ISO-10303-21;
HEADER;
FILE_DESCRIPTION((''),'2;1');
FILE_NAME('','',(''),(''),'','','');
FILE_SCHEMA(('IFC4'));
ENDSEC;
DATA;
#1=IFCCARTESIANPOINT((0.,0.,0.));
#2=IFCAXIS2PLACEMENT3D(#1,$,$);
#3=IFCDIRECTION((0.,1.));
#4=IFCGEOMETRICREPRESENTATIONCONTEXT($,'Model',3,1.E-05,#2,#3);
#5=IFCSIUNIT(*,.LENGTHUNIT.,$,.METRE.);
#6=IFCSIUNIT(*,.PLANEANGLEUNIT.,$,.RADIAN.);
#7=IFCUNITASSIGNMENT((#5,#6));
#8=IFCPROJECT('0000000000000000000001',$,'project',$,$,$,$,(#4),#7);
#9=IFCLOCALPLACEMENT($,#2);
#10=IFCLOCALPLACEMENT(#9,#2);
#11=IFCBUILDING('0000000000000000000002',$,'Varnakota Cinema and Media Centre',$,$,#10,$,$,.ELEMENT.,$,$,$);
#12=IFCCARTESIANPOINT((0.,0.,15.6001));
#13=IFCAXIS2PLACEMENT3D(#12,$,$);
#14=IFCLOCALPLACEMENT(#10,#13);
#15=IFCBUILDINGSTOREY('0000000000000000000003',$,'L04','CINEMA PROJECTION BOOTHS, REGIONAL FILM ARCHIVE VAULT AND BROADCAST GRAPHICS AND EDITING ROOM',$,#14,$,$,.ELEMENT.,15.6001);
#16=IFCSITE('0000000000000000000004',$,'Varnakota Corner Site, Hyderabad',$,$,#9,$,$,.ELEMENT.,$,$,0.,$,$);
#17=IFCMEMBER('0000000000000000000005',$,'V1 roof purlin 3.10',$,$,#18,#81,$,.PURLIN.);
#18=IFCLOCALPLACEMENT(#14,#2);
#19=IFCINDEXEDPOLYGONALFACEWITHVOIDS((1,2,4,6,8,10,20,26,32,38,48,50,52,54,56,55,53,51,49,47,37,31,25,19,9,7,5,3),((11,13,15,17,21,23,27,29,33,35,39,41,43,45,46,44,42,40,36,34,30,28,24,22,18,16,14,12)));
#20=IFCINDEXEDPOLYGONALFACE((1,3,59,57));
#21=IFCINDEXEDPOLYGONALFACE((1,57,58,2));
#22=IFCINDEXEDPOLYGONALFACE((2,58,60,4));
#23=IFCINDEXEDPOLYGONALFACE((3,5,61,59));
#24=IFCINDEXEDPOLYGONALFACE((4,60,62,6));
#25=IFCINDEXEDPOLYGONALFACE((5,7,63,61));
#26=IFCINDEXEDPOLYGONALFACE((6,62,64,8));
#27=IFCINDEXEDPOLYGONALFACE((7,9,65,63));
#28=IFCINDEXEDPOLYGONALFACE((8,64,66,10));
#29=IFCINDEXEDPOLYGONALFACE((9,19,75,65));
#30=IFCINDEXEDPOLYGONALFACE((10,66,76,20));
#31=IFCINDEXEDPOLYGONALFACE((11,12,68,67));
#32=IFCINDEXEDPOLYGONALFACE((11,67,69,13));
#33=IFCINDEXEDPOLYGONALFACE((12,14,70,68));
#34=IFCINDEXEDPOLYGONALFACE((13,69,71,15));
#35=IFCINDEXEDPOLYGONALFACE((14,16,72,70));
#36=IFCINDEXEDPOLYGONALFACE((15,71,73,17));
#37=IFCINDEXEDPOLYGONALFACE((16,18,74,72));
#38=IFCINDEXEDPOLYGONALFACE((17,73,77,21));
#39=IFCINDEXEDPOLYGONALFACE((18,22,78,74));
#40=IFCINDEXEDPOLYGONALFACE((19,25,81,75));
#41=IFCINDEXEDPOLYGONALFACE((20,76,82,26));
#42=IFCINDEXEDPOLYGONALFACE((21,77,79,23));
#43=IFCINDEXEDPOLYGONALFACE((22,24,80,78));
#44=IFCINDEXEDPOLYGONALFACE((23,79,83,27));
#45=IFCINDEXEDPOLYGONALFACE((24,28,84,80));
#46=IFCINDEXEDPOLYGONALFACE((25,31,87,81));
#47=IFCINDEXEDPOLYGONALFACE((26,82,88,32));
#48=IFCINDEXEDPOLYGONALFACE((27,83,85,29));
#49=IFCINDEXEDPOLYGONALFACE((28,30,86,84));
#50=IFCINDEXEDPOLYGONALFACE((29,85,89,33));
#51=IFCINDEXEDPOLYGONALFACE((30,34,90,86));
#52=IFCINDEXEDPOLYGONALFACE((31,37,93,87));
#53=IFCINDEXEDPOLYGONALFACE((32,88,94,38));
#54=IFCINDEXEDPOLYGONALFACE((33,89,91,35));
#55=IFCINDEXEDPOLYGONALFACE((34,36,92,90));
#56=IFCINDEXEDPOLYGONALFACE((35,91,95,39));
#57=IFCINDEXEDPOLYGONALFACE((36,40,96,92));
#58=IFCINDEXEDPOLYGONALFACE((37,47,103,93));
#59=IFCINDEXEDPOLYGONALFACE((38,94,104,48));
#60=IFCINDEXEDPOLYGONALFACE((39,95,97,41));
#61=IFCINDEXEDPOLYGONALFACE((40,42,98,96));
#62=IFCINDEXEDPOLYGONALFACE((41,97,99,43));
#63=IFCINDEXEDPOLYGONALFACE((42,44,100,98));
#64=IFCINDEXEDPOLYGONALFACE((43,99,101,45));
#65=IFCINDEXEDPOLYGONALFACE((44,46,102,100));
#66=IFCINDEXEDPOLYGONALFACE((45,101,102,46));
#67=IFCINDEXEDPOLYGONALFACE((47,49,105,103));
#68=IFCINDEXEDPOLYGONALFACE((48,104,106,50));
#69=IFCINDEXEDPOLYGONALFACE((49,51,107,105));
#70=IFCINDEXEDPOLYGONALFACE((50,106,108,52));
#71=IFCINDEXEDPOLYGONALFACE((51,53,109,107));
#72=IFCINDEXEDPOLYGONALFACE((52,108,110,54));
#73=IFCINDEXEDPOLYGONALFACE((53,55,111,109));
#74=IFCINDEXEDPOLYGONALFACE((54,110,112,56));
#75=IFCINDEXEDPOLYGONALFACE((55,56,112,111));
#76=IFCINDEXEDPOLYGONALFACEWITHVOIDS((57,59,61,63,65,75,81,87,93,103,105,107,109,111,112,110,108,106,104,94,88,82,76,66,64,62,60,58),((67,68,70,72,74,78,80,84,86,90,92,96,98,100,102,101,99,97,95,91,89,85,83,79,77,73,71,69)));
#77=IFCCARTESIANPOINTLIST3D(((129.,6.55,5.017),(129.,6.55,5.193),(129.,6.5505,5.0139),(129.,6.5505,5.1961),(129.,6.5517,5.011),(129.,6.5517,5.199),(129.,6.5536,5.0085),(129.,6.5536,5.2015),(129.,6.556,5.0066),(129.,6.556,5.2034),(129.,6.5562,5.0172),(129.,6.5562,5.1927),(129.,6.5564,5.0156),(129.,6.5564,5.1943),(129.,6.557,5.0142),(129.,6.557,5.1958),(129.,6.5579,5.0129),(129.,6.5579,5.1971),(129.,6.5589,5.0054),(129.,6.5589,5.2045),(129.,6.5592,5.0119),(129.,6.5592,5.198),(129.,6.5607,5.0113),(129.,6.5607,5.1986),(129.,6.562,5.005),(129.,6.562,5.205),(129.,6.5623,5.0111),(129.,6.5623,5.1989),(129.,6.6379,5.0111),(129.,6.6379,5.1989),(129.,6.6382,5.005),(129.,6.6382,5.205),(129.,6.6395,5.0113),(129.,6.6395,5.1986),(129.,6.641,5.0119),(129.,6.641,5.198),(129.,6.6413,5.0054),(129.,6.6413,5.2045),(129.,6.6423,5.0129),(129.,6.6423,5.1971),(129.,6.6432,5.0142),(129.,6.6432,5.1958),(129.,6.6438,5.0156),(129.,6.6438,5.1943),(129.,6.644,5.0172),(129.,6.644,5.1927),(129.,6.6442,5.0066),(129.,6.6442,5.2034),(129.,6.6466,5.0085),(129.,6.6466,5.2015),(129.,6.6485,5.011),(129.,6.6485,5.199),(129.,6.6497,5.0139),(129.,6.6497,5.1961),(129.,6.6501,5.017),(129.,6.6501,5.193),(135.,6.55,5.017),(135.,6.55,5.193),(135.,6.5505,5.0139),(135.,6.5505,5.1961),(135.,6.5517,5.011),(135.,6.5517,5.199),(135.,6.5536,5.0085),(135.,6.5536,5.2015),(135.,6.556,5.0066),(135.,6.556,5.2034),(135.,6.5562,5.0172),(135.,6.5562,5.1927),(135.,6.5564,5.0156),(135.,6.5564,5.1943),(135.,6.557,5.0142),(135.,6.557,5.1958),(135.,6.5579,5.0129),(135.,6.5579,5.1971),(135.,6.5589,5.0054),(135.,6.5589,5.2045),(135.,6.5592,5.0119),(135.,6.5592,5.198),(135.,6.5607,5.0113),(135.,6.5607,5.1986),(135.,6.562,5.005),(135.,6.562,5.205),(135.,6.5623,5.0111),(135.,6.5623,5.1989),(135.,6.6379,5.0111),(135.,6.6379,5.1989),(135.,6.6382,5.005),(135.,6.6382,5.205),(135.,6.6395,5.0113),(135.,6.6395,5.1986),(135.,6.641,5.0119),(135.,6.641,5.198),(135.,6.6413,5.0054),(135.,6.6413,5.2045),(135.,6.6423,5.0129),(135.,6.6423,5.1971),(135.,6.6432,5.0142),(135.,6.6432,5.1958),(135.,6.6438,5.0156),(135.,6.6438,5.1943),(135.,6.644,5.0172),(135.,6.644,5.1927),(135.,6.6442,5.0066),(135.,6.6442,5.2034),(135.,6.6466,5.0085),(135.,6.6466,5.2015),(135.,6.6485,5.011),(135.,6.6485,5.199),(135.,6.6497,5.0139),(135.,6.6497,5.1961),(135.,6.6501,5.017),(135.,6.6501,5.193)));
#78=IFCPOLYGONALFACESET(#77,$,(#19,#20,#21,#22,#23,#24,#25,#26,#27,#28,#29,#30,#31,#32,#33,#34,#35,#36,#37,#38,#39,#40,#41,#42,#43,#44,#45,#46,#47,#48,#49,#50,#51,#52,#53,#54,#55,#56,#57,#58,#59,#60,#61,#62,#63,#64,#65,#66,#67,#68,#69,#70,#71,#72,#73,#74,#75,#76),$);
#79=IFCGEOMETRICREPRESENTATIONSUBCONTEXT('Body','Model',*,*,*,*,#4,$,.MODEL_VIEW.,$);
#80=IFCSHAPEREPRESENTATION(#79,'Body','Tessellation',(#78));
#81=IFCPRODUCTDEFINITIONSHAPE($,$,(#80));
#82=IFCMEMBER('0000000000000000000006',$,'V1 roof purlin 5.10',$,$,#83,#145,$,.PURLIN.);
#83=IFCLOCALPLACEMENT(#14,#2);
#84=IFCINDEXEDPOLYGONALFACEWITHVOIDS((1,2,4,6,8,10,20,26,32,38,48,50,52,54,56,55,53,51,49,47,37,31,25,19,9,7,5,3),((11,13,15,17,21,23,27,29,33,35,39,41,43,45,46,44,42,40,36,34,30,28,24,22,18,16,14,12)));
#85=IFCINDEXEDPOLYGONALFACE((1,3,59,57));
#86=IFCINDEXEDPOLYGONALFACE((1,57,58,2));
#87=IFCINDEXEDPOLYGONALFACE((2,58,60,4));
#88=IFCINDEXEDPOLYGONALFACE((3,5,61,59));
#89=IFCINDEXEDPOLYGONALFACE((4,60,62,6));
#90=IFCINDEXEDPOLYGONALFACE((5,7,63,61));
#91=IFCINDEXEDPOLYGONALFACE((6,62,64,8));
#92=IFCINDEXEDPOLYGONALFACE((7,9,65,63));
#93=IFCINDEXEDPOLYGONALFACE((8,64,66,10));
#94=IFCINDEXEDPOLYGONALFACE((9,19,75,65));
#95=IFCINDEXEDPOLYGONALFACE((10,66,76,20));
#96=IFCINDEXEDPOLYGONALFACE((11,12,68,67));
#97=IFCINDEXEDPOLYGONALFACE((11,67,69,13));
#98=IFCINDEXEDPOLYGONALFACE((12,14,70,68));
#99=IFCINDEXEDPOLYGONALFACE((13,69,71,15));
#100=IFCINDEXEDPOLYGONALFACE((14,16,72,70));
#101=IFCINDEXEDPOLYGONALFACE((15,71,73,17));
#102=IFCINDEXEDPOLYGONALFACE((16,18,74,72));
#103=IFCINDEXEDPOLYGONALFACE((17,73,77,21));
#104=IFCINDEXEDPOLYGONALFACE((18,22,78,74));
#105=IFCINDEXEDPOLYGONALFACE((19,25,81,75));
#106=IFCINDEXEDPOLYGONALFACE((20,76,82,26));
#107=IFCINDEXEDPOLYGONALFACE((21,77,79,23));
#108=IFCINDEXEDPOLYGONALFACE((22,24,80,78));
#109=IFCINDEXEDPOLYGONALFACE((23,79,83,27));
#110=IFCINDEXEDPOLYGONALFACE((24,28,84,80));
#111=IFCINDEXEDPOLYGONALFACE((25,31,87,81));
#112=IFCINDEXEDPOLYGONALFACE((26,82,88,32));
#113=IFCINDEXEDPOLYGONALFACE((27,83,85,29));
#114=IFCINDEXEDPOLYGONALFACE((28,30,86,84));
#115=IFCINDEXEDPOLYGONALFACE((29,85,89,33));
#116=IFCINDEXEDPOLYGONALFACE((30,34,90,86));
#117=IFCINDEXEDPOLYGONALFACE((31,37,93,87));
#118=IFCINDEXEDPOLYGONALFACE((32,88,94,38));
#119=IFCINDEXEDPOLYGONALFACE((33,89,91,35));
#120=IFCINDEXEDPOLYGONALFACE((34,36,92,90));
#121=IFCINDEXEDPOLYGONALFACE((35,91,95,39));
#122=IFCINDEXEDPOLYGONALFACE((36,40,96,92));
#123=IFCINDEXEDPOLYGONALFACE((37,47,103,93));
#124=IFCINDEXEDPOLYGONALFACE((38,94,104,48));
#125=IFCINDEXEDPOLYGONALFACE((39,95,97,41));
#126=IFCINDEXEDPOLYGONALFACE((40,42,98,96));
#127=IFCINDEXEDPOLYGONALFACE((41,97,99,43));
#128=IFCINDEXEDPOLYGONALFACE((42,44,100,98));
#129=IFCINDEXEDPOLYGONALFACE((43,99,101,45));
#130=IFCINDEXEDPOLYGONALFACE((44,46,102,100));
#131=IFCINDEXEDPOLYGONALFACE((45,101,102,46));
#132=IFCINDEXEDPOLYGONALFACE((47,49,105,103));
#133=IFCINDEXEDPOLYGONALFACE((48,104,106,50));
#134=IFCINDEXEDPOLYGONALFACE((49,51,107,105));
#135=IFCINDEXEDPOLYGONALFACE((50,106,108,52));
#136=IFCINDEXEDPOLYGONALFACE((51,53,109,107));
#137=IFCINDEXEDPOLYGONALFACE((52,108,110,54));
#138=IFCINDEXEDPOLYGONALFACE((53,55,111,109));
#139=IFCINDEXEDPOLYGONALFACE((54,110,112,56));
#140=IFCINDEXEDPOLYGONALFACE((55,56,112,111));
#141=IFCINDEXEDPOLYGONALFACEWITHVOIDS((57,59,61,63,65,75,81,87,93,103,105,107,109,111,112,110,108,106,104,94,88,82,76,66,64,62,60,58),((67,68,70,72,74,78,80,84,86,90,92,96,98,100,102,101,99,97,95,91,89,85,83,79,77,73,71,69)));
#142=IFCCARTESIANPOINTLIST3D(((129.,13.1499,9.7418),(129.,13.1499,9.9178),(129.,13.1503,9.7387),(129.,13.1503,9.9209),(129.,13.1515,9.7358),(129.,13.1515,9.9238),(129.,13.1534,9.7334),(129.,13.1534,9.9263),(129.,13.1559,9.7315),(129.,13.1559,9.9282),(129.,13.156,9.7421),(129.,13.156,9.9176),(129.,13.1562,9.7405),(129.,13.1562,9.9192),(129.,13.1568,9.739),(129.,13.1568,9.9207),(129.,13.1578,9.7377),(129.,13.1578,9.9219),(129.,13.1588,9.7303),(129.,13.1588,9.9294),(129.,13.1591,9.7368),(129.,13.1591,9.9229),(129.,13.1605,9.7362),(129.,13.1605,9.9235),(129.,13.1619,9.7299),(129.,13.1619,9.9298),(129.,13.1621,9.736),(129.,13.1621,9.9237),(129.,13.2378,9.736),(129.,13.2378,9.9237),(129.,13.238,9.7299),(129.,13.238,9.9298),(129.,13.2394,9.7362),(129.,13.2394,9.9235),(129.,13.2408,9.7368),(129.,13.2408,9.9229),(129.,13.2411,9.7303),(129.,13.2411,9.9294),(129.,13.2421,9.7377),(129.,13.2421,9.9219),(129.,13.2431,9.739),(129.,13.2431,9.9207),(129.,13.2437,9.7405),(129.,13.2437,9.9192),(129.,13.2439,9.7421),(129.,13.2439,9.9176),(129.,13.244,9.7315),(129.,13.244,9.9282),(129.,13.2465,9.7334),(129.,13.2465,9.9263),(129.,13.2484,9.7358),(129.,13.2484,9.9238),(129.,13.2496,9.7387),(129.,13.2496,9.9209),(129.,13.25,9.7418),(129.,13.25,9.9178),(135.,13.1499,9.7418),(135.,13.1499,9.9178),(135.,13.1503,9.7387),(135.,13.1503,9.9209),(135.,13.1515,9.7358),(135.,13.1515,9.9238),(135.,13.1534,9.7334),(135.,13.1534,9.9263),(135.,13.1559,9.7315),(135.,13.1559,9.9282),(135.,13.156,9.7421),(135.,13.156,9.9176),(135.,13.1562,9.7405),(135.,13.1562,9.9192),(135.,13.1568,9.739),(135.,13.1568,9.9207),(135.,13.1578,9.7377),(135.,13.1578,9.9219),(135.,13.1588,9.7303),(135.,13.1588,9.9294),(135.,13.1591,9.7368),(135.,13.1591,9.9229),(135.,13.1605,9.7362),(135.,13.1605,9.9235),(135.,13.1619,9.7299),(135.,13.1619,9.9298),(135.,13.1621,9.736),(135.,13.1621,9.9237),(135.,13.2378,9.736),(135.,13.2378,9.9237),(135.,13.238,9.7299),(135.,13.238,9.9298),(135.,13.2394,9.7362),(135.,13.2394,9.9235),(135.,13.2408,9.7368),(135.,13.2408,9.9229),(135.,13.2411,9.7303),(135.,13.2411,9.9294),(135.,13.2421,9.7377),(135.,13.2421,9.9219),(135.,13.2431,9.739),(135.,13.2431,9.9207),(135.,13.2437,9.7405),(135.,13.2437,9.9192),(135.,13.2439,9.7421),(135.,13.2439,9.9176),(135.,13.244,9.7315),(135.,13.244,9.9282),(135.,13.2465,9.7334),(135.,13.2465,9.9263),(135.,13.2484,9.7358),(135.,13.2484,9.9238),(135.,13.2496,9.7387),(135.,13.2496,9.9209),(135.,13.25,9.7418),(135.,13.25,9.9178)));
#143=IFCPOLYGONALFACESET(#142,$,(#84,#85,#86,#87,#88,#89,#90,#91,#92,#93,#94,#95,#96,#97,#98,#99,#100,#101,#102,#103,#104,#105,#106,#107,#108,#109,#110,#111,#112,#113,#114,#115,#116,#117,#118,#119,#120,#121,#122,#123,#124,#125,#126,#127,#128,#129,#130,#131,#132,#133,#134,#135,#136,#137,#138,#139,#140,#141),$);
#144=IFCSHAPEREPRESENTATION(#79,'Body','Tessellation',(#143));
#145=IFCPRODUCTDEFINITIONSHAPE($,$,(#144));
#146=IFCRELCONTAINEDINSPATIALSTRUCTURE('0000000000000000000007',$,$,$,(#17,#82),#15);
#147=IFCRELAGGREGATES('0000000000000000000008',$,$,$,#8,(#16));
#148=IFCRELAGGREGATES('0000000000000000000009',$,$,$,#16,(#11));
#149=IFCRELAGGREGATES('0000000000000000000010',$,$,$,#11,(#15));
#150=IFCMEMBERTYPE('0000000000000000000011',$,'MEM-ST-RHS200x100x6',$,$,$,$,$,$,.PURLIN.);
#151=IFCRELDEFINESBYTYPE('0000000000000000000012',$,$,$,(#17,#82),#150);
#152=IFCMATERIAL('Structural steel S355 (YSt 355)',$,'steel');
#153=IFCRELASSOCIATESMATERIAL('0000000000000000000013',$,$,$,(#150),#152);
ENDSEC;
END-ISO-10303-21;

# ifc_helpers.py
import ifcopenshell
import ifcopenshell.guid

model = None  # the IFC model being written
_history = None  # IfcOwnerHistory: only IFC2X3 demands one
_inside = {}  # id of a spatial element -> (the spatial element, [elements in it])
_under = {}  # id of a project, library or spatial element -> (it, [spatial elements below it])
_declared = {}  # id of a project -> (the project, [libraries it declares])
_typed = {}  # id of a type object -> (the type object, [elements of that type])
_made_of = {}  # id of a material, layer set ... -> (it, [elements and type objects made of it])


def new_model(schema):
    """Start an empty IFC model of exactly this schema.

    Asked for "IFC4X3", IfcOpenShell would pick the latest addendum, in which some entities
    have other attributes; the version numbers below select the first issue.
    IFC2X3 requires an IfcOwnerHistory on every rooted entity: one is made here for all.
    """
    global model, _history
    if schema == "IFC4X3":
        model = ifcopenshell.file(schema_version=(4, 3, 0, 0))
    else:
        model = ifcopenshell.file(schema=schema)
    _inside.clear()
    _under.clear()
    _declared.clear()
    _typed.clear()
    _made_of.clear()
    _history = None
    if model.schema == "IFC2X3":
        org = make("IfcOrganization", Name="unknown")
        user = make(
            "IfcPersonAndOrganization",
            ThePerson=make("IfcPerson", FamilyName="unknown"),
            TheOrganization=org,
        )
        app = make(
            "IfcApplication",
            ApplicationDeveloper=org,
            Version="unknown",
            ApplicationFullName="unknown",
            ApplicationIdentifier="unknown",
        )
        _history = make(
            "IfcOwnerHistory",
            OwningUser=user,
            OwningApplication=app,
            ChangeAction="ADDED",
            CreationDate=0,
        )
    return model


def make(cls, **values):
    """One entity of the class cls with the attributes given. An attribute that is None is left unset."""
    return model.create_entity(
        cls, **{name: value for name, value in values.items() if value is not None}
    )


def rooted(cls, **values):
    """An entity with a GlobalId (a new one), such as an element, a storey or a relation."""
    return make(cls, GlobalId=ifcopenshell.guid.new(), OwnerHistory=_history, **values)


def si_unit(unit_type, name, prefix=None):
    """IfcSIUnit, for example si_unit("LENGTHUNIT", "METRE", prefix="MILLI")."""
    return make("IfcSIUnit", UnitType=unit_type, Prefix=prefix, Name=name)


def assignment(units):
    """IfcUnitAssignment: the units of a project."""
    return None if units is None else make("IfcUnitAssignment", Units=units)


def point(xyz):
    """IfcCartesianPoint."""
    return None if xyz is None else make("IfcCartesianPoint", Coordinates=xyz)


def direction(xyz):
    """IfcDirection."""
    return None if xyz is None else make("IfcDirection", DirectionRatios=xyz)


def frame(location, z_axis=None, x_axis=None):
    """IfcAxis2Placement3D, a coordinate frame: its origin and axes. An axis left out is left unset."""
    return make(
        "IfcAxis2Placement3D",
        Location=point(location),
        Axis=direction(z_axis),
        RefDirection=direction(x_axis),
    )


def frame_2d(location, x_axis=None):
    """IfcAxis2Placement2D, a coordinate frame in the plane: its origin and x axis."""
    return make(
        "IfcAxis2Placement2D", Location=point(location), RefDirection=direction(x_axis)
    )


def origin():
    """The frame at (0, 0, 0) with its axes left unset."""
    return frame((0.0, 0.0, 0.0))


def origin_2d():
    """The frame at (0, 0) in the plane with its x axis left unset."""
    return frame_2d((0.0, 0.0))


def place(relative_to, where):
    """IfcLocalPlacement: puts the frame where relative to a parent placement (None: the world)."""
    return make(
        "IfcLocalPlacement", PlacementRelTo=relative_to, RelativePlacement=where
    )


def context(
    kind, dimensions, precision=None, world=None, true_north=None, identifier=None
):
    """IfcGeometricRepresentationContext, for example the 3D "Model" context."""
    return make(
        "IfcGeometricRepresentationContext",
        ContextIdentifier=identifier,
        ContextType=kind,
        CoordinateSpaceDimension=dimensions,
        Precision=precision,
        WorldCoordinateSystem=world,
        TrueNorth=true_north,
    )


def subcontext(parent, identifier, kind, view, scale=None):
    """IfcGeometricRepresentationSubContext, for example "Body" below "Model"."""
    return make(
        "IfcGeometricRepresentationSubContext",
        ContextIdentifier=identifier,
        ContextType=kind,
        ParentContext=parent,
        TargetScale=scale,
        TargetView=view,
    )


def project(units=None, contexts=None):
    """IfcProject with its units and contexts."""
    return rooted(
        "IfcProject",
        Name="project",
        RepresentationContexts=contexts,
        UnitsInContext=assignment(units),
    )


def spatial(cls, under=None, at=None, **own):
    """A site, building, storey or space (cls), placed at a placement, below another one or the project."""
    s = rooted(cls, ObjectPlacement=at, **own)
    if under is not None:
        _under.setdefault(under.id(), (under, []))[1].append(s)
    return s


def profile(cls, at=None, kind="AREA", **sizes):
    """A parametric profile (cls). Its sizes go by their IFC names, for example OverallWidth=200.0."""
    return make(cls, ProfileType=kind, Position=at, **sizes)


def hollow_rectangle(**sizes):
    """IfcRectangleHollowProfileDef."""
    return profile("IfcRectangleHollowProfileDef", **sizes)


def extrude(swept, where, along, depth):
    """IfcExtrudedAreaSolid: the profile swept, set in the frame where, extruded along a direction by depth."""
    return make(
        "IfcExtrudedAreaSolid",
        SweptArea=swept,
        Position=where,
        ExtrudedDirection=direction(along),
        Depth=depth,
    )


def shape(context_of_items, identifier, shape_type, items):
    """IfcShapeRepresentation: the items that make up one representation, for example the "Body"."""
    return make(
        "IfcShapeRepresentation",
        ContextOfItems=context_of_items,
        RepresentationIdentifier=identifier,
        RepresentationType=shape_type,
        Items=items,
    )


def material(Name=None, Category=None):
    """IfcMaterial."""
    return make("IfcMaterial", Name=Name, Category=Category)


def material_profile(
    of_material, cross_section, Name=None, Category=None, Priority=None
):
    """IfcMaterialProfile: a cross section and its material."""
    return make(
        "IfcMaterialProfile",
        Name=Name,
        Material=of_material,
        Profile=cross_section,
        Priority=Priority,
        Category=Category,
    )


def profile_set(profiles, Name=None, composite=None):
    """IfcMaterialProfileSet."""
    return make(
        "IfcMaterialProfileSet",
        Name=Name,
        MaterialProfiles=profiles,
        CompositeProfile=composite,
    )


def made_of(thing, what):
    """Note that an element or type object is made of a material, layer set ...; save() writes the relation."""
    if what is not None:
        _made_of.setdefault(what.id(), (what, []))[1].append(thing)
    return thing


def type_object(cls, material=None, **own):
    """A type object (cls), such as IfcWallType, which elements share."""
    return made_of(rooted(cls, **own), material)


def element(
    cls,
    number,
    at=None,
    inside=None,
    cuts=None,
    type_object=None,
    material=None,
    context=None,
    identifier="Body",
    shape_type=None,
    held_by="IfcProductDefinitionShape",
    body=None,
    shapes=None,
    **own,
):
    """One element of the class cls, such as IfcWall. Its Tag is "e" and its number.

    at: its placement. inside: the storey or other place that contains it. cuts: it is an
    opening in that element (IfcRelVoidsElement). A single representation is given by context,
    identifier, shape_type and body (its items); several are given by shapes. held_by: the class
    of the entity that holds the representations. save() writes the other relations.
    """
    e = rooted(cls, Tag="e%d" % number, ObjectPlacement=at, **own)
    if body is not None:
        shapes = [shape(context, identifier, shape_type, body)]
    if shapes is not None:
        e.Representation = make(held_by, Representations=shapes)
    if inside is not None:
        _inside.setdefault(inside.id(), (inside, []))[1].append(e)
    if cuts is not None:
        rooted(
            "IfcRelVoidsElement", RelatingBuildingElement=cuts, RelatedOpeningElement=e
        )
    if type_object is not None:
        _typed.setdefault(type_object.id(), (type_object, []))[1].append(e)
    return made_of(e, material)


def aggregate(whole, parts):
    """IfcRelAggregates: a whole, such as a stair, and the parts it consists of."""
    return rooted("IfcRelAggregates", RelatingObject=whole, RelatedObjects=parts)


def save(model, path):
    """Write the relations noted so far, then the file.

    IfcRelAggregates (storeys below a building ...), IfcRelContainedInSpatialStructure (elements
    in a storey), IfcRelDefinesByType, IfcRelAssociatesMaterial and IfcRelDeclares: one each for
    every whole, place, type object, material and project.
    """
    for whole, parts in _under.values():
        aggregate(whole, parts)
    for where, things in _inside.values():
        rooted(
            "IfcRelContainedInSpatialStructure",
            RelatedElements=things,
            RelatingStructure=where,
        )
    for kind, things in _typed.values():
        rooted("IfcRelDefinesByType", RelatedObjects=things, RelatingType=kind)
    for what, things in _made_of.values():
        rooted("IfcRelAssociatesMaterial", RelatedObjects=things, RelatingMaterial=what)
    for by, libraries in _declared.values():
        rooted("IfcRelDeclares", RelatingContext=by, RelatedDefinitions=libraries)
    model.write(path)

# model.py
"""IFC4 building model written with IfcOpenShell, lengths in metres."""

from ifc_helpers import new_model, si_unit, direction, frame, origin, origin_2d, place, context, subcontext, project, spatial, hollow_rectangle, extrude, material, material_profile, profile_set, type_object, element, save


model = new_model("IFC4")

# Units and contexts
model_context = context("Model", 3, precision=1e-05, world=origin(), true_north=direction((0.0, 1.0)))
body_context = subcontext(model_context, "Body", "Model", "MODEL_VIEW")
ifc_project = project(units=[si_unit("LENGTHUNIT", "METRE"), si_unit("PLANEANGLEUNIT", "RADIAN")], contexts=[model_context])

# Site, building, storey
site_placement = place(None, origin())
site = spatial("IfcSite", under=ifc_project, at=site_placement, Name="Varnakota Corner Site, Hyderabad", CompositionType="ELEMENT", RefElevation=0.0)
building_placement = place(site_placement, origin())
building = spatial("IfcBuilding", under=site, at=building_placement, Name="Varnakota Cinema and Media Centre", CompositionType="ELEMENT")
storey_placement = place(building_placement, frame((0.0, 0.0, 15.6001)))
storey = spatial("IfcBuildingStorey", under=building, at=storey_placement, Name="L04", Description="CINEMA PROJECTION BOOTHS, REGIONAL FILM ARCHIVE VAULT AND BROADCAST GRAPHICS AND EDITING ROOM", CompositionType="ELEMENT", Elevation=15.6001)

# Members
ifc_material_1 = material(Name="Structural steel S355 (YSt 355)", Category="steel")
ifc_material_profile_1 = material_profile(ifc_material_1, hollow_rectangle(XDim=0.1001, YDim=0.2, WallThickness=0.0061, InnerFilletRadius=0.0061, OuterFilletRadius=0.012, at=origin_2d()), Name="RHS 200x100x6")
ifc_profile_set_1 = profile_set([ifc_material_profile_1], Name="Structural steel S355 (YSt 355)")
member_type_1 = type_object("IfcMemberType", Name="MEM-ST-RHS200x100x6", PredefinedType="PURLIN", material=ifc_profile_set_1)
for number, where, z_axis, x_axis, name in (
    (1, (129.0, 6.6001, 5.105), (1.0, 0.0, 0.0), (0.0, 1.0, 0.0), "V1 roof purlin 3.10"),
    (2, (129.0, 13.2, 9.8298), (1.0, 0.0, 0.0), (0.0, 1.0, 0.0), "V1 roof purlin 5.10"),
):
    element("IfcMember", number, at=place(storey_placement, frame(where, z_axis=z_axis, x_axis=x_axis)), inside=storey, type_object=member_type_1, Name=name, PredefinedType="PURLIN", context=body_context, shape_type="SweptSolid", body=[
        extrude(hollow_rectangle(XDim=0.1001, YDim=0.2, WallThickness=0.0061, InnerFilletRadius=0.0061, OuterFilletRadius=0.012, at=origin_2d()), origin(), (0.0, 0.0, 1.0), 6.0),
    ])

save(model, "model.ifc")
